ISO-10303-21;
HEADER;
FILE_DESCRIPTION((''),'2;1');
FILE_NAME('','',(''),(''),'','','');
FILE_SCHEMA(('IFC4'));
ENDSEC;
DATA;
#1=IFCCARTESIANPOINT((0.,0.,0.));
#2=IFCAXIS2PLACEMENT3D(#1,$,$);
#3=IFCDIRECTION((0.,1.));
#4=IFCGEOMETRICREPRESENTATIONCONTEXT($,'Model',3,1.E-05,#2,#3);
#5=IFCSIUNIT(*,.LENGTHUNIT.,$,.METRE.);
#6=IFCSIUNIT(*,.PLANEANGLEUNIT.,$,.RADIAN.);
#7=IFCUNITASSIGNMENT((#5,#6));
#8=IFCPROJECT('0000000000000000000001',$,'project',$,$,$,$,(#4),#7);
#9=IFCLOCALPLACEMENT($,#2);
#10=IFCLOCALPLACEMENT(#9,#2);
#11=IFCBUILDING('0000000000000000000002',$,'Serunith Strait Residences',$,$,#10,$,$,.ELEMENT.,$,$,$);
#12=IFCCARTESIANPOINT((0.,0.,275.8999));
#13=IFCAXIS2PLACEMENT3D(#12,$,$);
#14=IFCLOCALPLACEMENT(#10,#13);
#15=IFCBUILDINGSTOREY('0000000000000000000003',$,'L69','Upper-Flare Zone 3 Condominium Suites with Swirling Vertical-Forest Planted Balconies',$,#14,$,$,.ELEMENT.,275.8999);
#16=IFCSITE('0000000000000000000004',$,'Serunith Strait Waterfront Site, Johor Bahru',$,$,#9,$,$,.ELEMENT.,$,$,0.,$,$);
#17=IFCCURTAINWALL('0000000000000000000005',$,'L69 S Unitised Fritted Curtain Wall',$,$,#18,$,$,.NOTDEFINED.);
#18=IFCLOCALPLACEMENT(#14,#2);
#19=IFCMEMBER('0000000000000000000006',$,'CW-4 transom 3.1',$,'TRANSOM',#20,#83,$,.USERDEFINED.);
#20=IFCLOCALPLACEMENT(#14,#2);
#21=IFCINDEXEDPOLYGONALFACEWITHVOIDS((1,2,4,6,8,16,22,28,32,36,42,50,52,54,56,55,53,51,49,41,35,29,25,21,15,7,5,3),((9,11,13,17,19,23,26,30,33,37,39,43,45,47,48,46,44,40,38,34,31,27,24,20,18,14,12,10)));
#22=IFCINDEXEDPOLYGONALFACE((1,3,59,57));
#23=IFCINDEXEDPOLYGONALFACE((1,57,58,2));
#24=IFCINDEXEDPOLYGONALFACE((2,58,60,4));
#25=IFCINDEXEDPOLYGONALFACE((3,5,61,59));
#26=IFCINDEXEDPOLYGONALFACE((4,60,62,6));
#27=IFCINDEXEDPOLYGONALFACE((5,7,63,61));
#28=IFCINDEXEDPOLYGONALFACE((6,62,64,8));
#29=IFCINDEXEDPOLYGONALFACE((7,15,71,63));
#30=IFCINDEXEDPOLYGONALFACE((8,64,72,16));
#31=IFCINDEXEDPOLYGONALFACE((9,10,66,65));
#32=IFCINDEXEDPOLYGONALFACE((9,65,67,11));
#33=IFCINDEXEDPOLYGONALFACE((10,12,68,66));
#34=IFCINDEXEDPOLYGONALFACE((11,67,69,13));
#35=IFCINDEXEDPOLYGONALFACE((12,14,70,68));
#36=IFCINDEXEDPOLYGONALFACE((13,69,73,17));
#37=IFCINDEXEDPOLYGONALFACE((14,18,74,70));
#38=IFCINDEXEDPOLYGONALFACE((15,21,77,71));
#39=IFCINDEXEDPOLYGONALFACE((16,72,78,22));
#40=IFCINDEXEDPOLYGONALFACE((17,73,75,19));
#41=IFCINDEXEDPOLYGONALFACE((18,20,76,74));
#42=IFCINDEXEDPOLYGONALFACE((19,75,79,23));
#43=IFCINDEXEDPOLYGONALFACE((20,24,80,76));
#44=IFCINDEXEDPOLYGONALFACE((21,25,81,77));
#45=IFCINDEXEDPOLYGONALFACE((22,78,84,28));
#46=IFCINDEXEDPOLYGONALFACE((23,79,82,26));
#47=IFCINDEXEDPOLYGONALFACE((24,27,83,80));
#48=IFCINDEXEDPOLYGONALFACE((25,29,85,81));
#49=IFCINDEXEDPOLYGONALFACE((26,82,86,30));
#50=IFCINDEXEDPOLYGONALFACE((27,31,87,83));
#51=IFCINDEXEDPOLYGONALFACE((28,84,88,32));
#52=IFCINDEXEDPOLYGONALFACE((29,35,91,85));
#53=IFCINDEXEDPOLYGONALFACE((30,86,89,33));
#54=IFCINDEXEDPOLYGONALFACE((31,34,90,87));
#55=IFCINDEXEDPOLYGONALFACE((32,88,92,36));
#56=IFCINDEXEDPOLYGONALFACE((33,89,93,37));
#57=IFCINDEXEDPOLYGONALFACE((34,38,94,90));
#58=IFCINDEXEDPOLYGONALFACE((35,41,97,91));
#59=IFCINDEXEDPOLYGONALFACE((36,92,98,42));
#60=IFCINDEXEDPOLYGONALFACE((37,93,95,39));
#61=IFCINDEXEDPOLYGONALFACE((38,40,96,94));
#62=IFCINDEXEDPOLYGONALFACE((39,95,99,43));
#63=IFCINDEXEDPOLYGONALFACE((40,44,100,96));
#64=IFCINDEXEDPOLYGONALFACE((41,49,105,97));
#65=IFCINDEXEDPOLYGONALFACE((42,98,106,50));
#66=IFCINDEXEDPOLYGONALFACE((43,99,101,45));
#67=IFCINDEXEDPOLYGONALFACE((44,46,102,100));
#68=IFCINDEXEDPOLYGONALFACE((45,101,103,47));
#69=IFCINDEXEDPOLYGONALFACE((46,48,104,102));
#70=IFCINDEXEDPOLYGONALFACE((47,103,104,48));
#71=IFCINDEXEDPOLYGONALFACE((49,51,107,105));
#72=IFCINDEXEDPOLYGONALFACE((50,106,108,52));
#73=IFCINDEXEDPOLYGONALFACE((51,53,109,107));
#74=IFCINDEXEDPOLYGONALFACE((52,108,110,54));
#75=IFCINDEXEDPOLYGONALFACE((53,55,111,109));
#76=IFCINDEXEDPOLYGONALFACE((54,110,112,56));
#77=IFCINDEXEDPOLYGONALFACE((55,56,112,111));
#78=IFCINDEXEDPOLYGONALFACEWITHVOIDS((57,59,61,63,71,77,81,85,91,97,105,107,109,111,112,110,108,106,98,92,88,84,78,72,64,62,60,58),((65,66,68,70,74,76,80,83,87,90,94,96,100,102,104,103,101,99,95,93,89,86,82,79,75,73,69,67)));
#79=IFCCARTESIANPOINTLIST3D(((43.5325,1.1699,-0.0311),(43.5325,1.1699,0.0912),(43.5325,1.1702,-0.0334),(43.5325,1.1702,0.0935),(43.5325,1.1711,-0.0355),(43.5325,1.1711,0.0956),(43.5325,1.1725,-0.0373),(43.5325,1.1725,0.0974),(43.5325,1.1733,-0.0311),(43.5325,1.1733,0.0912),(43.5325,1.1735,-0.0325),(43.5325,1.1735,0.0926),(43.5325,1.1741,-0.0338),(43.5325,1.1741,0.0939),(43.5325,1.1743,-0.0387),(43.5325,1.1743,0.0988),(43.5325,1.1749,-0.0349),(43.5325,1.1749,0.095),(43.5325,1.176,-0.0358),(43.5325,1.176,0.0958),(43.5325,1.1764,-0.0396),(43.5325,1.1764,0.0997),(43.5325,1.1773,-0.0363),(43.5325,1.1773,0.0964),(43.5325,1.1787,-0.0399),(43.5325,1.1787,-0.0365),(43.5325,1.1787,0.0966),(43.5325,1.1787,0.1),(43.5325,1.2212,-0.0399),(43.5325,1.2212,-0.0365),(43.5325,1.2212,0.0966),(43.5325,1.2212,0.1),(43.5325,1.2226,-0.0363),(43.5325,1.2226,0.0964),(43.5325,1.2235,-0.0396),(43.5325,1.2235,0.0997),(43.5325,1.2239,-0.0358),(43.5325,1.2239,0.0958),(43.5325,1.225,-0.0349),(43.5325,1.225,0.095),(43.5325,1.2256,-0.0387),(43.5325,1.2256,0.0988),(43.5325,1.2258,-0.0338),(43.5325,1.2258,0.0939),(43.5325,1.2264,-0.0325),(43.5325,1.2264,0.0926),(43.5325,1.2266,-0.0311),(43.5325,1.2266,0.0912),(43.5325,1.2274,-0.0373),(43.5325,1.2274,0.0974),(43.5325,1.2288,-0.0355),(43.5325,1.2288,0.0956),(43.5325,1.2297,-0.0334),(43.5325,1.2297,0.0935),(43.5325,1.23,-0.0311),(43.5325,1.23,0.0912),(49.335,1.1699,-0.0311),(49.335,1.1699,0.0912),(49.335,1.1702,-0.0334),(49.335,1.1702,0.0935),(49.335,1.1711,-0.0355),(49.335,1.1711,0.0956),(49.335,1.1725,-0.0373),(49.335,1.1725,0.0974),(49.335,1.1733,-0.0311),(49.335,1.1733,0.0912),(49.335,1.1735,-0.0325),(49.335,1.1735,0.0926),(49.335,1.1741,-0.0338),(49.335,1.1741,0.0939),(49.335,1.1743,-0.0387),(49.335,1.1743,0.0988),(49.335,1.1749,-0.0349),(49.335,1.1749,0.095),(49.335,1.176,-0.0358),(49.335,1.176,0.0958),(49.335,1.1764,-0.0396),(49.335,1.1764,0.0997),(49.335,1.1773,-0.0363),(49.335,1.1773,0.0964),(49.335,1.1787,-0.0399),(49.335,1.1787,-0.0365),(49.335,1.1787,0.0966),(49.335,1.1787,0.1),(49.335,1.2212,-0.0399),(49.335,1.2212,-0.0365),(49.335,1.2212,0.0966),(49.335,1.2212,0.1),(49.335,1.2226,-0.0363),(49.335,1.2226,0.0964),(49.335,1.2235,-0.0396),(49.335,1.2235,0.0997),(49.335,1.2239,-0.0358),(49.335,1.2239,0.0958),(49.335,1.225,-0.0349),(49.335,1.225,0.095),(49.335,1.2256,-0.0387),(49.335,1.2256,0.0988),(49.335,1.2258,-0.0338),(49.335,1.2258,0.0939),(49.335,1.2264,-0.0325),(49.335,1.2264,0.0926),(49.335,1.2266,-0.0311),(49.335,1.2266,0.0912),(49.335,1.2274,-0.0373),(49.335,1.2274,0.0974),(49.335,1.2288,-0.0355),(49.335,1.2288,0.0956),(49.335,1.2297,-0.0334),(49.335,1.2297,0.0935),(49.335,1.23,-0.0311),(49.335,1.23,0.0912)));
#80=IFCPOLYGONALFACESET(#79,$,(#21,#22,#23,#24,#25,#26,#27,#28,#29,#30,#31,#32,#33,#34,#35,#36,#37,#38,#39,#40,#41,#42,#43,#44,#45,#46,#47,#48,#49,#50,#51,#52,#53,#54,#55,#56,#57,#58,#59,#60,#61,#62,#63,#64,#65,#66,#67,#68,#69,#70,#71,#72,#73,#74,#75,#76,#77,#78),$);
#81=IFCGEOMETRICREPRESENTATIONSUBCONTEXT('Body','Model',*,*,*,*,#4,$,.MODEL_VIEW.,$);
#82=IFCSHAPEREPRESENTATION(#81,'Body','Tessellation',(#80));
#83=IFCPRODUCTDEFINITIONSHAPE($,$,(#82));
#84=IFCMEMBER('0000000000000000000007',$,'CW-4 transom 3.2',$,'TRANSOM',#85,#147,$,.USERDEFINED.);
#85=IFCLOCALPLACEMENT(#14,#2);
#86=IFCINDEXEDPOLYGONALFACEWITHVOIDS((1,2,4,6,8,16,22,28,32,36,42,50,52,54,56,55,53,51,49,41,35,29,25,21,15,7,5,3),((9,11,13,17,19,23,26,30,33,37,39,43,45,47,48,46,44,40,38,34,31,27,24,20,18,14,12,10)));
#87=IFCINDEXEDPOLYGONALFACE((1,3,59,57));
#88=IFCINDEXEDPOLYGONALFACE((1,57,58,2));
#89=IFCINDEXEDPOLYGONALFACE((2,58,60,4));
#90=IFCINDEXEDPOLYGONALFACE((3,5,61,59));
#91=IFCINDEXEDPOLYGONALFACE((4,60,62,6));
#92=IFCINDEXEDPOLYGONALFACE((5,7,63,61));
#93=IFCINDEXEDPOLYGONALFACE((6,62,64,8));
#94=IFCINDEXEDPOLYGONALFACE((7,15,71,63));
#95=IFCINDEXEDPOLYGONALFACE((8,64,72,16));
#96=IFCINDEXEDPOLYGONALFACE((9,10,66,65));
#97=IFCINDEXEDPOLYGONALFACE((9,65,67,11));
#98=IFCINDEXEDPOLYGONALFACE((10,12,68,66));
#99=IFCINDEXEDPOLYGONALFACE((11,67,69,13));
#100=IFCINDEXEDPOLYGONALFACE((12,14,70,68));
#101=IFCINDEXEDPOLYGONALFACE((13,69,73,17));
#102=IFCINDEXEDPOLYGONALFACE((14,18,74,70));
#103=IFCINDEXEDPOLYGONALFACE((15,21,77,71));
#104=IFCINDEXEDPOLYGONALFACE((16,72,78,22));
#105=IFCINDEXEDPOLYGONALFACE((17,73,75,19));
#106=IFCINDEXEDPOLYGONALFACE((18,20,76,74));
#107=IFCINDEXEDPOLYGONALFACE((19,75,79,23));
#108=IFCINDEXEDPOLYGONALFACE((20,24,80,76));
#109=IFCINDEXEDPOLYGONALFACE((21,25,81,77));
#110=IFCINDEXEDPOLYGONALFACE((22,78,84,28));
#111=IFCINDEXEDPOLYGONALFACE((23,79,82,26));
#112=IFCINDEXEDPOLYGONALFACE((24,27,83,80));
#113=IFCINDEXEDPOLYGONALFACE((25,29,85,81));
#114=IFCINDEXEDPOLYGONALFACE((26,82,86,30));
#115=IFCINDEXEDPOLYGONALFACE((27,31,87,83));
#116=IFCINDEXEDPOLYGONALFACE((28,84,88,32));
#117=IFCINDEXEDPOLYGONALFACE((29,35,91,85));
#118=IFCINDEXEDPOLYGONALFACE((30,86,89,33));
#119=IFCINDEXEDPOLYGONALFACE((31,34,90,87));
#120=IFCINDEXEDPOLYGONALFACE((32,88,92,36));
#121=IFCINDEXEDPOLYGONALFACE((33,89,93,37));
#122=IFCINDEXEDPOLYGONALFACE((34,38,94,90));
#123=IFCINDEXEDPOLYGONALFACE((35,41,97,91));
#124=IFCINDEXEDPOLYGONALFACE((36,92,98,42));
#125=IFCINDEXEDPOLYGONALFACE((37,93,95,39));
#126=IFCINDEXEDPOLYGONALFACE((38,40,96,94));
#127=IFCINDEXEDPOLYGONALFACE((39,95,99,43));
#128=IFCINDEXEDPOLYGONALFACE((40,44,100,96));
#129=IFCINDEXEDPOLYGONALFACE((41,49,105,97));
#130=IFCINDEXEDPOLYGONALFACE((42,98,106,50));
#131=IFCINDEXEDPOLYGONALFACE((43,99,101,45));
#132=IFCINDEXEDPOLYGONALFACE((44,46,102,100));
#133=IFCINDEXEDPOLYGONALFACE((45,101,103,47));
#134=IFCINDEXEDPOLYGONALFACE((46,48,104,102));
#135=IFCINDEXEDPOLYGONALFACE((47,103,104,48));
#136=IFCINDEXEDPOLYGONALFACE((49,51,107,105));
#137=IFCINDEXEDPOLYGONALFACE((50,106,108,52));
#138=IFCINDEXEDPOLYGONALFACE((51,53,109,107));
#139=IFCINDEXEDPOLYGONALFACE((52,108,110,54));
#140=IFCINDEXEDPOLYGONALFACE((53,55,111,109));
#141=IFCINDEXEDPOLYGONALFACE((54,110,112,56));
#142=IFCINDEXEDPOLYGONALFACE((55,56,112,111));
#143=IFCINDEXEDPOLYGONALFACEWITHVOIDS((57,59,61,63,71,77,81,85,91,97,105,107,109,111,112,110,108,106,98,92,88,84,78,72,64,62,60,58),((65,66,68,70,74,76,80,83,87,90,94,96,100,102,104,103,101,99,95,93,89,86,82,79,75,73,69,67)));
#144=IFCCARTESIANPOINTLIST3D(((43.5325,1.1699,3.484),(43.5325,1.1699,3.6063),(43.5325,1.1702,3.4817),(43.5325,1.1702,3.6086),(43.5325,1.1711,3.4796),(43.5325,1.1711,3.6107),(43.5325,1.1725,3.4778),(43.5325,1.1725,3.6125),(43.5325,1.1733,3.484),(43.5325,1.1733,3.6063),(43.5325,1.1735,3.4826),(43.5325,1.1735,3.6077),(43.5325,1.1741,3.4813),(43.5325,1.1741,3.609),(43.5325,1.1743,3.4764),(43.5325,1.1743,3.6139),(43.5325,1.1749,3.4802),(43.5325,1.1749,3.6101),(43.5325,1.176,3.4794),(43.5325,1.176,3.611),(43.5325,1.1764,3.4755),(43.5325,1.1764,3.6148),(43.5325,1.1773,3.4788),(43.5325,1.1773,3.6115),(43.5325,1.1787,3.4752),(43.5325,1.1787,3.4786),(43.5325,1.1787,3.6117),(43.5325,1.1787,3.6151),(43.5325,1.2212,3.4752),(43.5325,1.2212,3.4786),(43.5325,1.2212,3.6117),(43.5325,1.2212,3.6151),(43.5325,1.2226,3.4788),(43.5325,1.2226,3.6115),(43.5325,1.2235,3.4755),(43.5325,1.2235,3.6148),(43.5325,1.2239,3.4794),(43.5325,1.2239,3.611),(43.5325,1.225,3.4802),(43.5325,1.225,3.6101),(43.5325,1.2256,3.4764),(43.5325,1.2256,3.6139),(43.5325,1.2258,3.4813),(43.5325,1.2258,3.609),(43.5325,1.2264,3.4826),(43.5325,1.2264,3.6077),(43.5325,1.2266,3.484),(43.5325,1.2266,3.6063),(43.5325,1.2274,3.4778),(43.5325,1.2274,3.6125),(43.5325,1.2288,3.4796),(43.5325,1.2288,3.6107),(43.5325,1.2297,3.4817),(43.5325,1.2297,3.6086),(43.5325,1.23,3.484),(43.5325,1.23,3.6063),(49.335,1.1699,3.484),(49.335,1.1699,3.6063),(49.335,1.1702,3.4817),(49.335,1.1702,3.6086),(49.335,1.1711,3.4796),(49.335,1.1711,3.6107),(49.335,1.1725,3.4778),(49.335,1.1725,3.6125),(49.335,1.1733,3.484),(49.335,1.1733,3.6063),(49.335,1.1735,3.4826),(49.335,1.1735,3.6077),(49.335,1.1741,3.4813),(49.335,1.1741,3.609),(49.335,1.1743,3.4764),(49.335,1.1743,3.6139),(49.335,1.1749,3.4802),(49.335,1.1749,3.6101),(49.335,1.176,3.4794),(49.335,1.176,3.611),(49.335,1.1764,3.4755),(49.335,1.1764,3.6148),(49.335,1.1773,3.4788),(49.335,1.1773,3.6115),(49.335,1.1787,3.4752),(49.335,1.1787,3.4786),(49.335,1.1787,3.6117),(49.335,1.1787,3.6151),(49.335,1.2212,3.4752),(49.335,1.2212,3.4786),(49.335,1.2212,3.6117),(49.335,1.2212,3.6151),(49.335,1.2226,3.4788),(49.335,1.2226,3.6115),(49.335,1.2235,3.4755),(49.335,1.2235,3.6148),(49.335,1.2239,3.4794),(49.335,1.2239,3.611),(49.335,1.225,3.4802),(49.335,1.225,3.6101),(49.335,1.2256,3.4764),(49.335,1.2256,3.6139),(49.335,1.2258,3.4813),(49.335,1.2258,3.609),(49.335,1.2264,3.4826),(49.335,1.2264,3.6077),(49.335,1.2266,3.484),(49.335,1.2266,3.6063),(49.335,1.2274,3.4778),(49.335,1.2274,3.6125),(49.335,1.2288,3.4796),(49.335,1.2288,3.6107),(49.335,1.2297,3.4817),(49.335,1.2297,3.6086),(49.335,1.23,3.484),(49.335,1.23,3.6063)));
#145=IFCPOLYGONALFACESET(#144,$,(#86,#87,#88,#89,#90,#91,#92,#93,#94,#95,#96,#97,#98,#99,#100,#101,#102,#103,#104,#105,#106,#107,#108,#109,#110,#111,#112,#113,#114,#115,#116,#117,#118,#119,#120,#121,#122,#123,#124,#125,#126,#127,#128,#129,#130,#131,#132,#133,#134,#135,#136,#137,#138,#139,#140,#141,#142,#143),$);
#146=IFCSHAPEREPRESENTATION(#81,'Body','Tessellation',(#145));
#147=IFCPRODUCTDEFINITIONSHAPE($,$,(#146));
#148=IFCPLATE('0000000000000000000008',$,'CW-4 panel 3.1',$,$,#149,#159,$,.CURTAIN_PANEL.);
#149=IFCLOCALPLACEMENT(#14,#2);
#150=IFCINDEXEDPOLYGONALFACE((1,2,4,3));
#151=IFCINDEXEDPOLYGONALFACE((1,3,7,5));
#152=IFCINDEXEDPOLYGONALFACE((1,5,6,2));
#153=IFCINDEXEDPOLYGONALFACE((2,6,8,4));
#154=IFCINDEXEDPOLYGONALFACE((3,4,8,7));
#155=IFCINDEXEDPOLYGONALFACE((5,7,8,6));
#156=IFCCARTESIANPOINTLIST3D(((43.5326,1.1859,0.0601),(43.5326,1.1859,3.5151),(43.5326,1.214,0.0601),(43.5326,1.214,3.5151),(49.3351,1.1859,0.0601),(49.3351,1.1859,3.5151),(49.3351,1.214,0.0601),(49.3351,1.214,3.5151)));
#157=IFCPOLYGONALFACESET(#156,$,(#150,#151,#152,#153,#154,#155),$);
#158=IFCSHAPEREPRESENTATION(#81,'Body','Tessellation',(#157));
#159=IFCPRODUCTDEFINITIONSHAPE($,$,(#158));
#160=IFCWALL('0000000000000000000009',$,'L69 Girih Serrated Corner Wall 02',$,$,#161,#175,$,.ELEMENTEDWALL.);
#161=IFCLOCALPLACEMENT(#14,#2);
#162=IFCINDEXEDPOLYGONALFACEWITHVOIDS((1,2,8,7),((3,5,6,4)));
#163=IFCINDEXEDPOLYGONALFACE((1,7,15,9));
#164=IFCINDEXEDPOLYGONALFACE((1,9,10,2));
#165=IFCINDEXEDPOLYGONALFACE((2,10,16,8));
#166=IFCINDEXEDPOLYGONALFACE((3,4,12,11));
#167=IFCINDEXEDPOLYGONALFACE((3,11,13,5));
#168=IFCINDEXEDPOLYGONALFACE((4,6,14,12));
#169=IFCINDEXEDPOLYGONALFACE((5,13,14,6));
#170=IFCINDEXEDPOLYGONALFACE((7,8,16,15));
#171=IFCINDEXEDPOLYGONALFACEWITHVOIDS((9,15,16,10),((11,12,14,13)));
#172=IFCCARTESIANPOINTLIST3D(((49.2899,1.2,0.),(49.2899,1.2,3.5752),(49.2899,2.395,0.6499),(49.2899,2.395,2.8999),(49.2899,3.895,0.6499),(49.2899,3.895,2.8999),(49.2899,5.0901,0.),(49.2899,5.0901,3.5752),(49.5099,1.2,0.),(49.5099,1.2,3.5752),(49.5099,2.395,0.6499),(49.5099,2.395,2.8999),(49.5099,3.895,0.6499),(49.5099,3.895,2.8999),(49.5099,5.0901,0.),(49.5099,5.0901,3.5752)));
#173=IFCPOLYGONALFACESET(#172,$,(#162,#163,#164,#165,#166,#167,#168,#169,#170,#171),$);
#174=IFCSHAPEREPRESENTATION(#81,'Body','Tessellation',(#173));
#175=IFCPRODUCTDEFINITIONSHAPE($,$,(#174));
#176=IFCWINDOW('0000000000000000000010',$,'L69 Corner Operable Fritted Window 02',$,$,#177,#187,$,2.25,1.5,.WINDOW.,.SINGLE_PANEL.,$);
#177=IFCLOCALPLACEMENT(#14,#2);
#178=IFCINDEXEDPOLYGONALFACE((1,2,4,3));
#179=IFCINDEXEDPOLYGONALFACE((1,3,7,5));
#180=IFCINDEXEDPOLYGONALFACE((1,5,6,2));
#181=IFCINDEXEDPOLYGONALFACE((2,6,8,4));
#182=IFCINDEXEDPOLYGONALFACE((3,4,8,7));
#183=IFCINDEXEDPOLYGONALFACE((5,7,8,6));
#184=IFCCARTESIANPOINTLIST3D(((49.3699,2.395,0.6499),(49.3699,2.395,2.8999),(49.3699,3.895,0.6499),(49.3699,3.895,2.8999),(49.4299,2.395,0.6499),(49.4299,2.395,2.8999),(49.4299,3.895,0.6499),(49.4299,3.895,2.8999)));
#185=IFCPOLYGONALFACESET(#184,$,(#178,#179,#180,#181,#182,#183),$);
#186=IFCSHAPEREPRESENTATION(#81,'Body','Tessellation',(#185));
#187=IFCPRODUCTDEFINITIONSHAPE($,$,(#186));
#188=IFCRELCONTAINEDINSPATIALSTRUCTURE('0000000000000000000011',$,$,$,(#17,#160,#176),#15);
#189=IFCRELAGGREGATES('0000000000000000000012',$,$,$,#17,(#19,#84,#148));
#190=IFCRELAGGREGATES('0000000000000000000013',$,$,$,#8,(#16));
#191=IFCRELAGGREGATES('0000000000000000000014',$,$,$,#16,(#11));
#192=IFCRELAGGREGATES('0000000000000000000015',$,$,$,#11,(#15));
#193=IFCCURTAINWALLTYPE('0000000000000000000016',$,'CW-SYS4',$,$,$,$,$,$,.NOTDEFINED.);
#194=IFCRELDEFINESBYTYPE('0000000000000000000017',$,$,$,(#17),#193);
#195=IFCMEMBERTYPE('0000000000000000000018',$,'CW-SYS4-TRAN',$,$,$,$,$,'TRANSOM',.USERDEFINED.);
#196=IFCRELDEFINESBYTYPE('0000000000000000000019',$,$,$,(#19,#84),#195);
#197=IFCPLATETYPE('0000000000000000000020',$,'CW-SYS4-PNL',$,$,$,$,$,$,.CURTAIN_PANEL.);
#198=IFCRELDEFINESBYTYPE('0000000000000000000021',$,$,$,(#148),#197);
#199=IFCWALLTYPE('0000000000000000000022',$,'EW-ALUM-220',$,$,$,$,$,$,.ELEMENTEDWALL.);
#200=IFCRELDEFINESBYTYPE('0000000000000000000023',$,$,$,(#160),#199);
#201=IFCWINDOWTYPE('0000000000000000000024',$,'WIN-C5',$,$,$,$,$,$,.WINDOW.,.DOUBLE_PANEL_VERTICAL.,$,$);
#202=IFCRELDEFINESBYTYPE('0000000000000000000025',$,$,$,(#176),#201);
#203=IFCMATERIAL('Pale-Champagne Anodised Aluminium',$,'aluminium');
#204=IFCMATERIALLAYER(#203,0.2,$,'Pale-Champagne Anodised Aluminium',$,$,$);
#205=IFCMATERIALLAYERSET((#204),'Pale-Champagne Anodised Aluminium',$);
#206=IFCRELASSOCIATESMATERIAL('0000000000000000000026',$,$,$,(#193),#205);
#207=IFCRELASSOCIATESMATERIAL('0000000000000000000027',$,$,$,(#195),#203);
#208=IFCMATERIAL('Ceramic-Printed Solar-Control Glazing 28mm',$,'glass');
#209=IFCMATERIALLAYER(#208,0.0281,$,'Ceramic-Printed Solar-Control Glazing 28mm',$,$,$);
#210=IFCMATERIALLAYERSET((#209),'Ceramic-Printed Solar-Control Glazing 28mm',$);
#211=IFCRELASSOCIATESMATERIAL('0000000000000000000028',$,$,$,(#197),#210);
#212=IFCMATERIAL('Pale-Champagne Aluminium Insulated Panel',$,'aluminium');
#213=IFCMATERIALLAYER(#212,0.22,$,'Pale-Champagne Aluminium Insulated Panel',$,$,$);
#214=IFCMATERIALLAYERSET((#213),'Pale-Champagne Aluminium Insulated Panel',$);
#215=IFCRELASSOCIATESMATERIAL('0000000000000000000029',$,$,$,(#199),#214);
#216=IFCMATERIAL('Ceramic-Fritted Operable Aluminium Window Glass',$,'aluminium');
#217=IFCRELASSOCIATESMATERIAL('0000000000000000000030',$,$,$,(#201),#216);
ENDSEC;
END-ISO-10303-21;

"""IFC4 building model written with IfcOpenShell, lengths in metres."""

from ifc_helpers import new_model, si_unit, direction, frame, frame_2d, origin, origin_2d, place, context, subcontext, project, spatial, rectangle, hollow_rectangle, extrude, source, transform, mapped, material, layer, layer_set, material_profile, profile_set, type_object, element, fill, aggregate, save


model = new_model("IFC4")

# Units and contexts
model_context = context("Model", 3, precision=1e-05, world=origin(), true_north=direction((0.0, 1.0)))
body_context = subcontext(model_context, "Body", "Model", "MODEL_VIEW")
ifc_project = project(units=[si_unit("LENGTHUNIT", "METRE"), si_unit("PLANEANGLEUNIT", "RADIAN")], contexts=[model_context])

# Site, building, storey
site_placement = place(None, origin())
site = spatial("IfcSite", under=ifc_project, at=site_placement, Name="Serunith Strait Waterfront Site, Johor Bahru", CompositionType="ELEMENT", RefElevation=0.0)
building_placement = place(site_placement, origin())
building = spatial("IfcBuilding", under=site, at=building_placement, Name="Serunith Strait Residences", CompositionType="ELEMENT")
storey_placement = place(building_placement, frame((0.0, 0.0, 275.8999)))
storey = spatial("IfcBuildingStorey", under=building, at=storey_placement, Name="L69", Description="Upper-Flare Zone 3 Condominium Suites with Swirling Vertical-Forest Planted Balconies", CompositionType="ELEMENT", Elevation=275.8999)

# Curtain wall
ifc_material_1 = material(Name="Pale-Champagne Anodised Aluminium", Category="aluminium")
ifc_layer_1 = layer(ifc_material_1, 0.2, Name="Pale-Champagne Anodised Aluminium")
ifc_layer_set_1 = layer_set([ifc_layer_1], Name="Pale-Champagne Anodised Aluminium")
curtain_wall_type = type_object("IfcCurtainWallType", Name="CW-SYS4", PredefinedType="NOTDEFINED", material=ifc_layer_set_1)
ifc_material_profile_1 = material_profile(ifc_material_1, hollow_rectangle(XDim=0.0601, YDim=0.1399, WallThickness=0.0034, InnerFilletRadius=0.0054, OuterFilletRadius=0.0088, at=origin_2d()), Name="ALU 140x60x3.5")
ifc_profile_set_1 = profile_set([ifc_material_profile_1], Name="Pale-Champagne Anodised Aluminium")
member_type_1 = type_object("IfcMemberType", Name="CW-SYS4-TRAN", ElementType="TRANSOM", PredefinedType="USERDEFINED", material=ifc_profile_set_1)
curtain_wall_1_placement = place(storey_placement, origin())
curtain_wall_1 = element("IfcCurtainWall", 1, at=curtain_wall_1_placement, inside=storey, type_object=curtain_wall_type, Name="L69 S Unitised Fritted Curtain Wall", PredefinedType="NOTDEFINED")

# Members
shared_shape_1 = source(origin(), body_context, "Body", "SweptSolid", [
    extrude(hollow_rectangle(XDim=0.0601, YDim=0.1399, WallThickness=0.0034, InnerFilletRadius=0.0054, OuterFilletRadius=0.0088, at=origin_2d()), origin(), (0.0, 0.0, 1.0), 5.8025),
])
member_1_placement = place(storey_placement, frame((43.5325, 1.2, 0.03), z_axis=(1.0, 0.0, 0.0), x_axis=(0.0, 1.0, 0.0)))
member_1 = element("IfcMember", 2, at=member_1_placement, type_object=member_type_1, Name="CW-4 transom 3.1", ObjectType="TRANSOM", PredefinedType="USERDEFINED", context=body_context, shape_type="MappedRepresentation", body=[
    mapped(shared_shape_1, transform((0.0, 0.0, 0.0), scale=1.0)),
])
member_2_placement = place(storey_placement, frame((43.5325, 1.2, 3.5452), z_axis=(1.0, 0.0, 0.0), x_axis=(0.0, 1.0, 0.0)))
member_2 = element("IfcMember", 3, at=member_2_placement, type_object=member_type_1, Name="CW-4 transom 3.2", ObjectType="TRANSOM", PredefinedType="USERDEFINED", context=body_context, shape_type="MappedRepresentation", body=[
    mapped(shared_shape_1, transform((0.0, 0.0, 0.0), scale=1.0)),
])

# Plate
ifc_material_2 = material(Name="Ceramic-Printed Solar-Control Glazing 28mm", Category="glass")
ifc_layer_2 = layer(ifc_material_2, 0.0281, Name="Ceramic-Printed Solar-Control Glazing 28mm")
ifc_layer_set_2 = layer_set([ifc_layer_2], Name="Ceramic-Printed Solar-Control Glazing 28mm")
plate_type = type_object("IfcPlateType", Name="CW-SYS4-PNL", PredefinedType="CURTAIN_PANEL", material=ifc_layer_set_2)
shared_shape_2 = source(origin(), body_context, "Body", "SweptSolid", [
    extrude(rectangle(XDim=5.8025, YDim=0.0281, at=origin_2d()), origin(), (0.0, 0.0, 1.0), 3.4551),
])
plate_placement = place(storey_placement, frame((46.4338, 1.2, 0.0601), z_axis=(0.0, 0.0, 1.0), x_axis=(1.0, 0.0, 0.0)))
plate = element("IfcPlate", 4, at=plate_placement, type_object=plate_type, Name="CW-4 panel 3.1", PredefinedType="CURTAIN_PANEL", context=body_context, shape_type="MappedRepresentation", body=[
    mapped(shared_shape_2, transform((0.0, 0.0, 0.0), scale=1.0)),
])
aggregate(curtain_wall_1, [member_1, member_2, plate])

# Wall, opening, window
ifc_material_3 = material(Name="Pale-Champagne Aluminium Insulated Panel", Category="aluminium")
ifc_layer_3 = layer(ifc_material_3, 0.22, Name="Pale-Champagne Aluminium Insulated Panel")
ifc_layer_set_3 = layer_set([ifc_layer_3], Name="Pale-Champagne Aluminium Insulated Panel")
wall_type_1 = type_object("IfcWallType", Name="EW-ALUM-220", PredefinedType="ELEMENTEDWALL", material=ifc_layer_set_3)
wall_1_placement = place(storey_placement, frame((49.3999, 1.2, 0.0), z_axis=(0.0, 0.0, 1.0), x_axis=(0.0, 1.0, 0.0)))
wall_1 = element("IfcWall", 5, at=wall_1_placement, inside=storey, type_object=wall_type_1, Name="L69 Girih Serrated Corner Wall 02", PredefinedType="ELEMENTEDWALL", context=body_context, shape_type="SweptSolid", body=[
    extrude(rectangle(XDim=3.8901, YDim=0.22, at=frame_2d((1.9451, 0.0))), origin(), (0.0, 0.0, 1.0), 3.5752),
])
opening_1_placement = place(wall_1_placement, frame((1.1951, 0.0, 0.6499)))
opening_1 = element("IfcOpeningElement", 6, at=opening_1_placement, cuts=wall_1, PredefinedType="OPENING", context=body_context, shape_type="SweptSolid", body=[
    extrude(rectangle(XDim=1.5, YDim=2.25, at=frame_2d((0.75, 1.125))), frame((0.0, 0.1201, 0.0), z_axis=(0.0, -1.0, 0.0), x_axis=(1.0, 0.0, 0.0)), (0.0, 0.0, 1.0), 0.24),
])
ifc_material_4 = material(Name="Ceramic-Fritted Operable Aluminium Window Glass", Category="aluminium")
window_type = type_object("IfcWindowType", Name="WIN-C5", PartitioningType="DOUBLE_PANEL_VERTICAL", PredefinedType="WINDOW", material=ifc_material_4)
shared_shape_3 = source(origin(), body_context, "Body", "SweptSolid", [
    extrude(rectangle(XDim=1.5, YDim=2.25, at=frame_2d((0.75, 1.125))), frame((0.0, 0.03, 0.0), z_axis=(0.0, -1.0, 0.0), x_axis=(1.0, 0.0, 0.0)), (0.0, 0.0, 1.0), 0.0601),
])
window_1_placement = place(opening_1_placement, origin())
window_1 = element("IfcWindow", 7, at=window_1_placement, inside=storey, type_object=window_type, Name="L69 Corner Operable Fritted Window 02", OverallHeight=2.25, OverallWidth=1.5, PartitioningType="SINGLE_PANEL", PredefinedType="WINDOW", context=body_context, shape_type="MappedRepresentation", body=[
    mapped(shared_shape_3, transform((0.0, 0.0, 0.0), scale=1.0)),
])
fill(opening_1, window_1)

save(model, "model.ifc")
